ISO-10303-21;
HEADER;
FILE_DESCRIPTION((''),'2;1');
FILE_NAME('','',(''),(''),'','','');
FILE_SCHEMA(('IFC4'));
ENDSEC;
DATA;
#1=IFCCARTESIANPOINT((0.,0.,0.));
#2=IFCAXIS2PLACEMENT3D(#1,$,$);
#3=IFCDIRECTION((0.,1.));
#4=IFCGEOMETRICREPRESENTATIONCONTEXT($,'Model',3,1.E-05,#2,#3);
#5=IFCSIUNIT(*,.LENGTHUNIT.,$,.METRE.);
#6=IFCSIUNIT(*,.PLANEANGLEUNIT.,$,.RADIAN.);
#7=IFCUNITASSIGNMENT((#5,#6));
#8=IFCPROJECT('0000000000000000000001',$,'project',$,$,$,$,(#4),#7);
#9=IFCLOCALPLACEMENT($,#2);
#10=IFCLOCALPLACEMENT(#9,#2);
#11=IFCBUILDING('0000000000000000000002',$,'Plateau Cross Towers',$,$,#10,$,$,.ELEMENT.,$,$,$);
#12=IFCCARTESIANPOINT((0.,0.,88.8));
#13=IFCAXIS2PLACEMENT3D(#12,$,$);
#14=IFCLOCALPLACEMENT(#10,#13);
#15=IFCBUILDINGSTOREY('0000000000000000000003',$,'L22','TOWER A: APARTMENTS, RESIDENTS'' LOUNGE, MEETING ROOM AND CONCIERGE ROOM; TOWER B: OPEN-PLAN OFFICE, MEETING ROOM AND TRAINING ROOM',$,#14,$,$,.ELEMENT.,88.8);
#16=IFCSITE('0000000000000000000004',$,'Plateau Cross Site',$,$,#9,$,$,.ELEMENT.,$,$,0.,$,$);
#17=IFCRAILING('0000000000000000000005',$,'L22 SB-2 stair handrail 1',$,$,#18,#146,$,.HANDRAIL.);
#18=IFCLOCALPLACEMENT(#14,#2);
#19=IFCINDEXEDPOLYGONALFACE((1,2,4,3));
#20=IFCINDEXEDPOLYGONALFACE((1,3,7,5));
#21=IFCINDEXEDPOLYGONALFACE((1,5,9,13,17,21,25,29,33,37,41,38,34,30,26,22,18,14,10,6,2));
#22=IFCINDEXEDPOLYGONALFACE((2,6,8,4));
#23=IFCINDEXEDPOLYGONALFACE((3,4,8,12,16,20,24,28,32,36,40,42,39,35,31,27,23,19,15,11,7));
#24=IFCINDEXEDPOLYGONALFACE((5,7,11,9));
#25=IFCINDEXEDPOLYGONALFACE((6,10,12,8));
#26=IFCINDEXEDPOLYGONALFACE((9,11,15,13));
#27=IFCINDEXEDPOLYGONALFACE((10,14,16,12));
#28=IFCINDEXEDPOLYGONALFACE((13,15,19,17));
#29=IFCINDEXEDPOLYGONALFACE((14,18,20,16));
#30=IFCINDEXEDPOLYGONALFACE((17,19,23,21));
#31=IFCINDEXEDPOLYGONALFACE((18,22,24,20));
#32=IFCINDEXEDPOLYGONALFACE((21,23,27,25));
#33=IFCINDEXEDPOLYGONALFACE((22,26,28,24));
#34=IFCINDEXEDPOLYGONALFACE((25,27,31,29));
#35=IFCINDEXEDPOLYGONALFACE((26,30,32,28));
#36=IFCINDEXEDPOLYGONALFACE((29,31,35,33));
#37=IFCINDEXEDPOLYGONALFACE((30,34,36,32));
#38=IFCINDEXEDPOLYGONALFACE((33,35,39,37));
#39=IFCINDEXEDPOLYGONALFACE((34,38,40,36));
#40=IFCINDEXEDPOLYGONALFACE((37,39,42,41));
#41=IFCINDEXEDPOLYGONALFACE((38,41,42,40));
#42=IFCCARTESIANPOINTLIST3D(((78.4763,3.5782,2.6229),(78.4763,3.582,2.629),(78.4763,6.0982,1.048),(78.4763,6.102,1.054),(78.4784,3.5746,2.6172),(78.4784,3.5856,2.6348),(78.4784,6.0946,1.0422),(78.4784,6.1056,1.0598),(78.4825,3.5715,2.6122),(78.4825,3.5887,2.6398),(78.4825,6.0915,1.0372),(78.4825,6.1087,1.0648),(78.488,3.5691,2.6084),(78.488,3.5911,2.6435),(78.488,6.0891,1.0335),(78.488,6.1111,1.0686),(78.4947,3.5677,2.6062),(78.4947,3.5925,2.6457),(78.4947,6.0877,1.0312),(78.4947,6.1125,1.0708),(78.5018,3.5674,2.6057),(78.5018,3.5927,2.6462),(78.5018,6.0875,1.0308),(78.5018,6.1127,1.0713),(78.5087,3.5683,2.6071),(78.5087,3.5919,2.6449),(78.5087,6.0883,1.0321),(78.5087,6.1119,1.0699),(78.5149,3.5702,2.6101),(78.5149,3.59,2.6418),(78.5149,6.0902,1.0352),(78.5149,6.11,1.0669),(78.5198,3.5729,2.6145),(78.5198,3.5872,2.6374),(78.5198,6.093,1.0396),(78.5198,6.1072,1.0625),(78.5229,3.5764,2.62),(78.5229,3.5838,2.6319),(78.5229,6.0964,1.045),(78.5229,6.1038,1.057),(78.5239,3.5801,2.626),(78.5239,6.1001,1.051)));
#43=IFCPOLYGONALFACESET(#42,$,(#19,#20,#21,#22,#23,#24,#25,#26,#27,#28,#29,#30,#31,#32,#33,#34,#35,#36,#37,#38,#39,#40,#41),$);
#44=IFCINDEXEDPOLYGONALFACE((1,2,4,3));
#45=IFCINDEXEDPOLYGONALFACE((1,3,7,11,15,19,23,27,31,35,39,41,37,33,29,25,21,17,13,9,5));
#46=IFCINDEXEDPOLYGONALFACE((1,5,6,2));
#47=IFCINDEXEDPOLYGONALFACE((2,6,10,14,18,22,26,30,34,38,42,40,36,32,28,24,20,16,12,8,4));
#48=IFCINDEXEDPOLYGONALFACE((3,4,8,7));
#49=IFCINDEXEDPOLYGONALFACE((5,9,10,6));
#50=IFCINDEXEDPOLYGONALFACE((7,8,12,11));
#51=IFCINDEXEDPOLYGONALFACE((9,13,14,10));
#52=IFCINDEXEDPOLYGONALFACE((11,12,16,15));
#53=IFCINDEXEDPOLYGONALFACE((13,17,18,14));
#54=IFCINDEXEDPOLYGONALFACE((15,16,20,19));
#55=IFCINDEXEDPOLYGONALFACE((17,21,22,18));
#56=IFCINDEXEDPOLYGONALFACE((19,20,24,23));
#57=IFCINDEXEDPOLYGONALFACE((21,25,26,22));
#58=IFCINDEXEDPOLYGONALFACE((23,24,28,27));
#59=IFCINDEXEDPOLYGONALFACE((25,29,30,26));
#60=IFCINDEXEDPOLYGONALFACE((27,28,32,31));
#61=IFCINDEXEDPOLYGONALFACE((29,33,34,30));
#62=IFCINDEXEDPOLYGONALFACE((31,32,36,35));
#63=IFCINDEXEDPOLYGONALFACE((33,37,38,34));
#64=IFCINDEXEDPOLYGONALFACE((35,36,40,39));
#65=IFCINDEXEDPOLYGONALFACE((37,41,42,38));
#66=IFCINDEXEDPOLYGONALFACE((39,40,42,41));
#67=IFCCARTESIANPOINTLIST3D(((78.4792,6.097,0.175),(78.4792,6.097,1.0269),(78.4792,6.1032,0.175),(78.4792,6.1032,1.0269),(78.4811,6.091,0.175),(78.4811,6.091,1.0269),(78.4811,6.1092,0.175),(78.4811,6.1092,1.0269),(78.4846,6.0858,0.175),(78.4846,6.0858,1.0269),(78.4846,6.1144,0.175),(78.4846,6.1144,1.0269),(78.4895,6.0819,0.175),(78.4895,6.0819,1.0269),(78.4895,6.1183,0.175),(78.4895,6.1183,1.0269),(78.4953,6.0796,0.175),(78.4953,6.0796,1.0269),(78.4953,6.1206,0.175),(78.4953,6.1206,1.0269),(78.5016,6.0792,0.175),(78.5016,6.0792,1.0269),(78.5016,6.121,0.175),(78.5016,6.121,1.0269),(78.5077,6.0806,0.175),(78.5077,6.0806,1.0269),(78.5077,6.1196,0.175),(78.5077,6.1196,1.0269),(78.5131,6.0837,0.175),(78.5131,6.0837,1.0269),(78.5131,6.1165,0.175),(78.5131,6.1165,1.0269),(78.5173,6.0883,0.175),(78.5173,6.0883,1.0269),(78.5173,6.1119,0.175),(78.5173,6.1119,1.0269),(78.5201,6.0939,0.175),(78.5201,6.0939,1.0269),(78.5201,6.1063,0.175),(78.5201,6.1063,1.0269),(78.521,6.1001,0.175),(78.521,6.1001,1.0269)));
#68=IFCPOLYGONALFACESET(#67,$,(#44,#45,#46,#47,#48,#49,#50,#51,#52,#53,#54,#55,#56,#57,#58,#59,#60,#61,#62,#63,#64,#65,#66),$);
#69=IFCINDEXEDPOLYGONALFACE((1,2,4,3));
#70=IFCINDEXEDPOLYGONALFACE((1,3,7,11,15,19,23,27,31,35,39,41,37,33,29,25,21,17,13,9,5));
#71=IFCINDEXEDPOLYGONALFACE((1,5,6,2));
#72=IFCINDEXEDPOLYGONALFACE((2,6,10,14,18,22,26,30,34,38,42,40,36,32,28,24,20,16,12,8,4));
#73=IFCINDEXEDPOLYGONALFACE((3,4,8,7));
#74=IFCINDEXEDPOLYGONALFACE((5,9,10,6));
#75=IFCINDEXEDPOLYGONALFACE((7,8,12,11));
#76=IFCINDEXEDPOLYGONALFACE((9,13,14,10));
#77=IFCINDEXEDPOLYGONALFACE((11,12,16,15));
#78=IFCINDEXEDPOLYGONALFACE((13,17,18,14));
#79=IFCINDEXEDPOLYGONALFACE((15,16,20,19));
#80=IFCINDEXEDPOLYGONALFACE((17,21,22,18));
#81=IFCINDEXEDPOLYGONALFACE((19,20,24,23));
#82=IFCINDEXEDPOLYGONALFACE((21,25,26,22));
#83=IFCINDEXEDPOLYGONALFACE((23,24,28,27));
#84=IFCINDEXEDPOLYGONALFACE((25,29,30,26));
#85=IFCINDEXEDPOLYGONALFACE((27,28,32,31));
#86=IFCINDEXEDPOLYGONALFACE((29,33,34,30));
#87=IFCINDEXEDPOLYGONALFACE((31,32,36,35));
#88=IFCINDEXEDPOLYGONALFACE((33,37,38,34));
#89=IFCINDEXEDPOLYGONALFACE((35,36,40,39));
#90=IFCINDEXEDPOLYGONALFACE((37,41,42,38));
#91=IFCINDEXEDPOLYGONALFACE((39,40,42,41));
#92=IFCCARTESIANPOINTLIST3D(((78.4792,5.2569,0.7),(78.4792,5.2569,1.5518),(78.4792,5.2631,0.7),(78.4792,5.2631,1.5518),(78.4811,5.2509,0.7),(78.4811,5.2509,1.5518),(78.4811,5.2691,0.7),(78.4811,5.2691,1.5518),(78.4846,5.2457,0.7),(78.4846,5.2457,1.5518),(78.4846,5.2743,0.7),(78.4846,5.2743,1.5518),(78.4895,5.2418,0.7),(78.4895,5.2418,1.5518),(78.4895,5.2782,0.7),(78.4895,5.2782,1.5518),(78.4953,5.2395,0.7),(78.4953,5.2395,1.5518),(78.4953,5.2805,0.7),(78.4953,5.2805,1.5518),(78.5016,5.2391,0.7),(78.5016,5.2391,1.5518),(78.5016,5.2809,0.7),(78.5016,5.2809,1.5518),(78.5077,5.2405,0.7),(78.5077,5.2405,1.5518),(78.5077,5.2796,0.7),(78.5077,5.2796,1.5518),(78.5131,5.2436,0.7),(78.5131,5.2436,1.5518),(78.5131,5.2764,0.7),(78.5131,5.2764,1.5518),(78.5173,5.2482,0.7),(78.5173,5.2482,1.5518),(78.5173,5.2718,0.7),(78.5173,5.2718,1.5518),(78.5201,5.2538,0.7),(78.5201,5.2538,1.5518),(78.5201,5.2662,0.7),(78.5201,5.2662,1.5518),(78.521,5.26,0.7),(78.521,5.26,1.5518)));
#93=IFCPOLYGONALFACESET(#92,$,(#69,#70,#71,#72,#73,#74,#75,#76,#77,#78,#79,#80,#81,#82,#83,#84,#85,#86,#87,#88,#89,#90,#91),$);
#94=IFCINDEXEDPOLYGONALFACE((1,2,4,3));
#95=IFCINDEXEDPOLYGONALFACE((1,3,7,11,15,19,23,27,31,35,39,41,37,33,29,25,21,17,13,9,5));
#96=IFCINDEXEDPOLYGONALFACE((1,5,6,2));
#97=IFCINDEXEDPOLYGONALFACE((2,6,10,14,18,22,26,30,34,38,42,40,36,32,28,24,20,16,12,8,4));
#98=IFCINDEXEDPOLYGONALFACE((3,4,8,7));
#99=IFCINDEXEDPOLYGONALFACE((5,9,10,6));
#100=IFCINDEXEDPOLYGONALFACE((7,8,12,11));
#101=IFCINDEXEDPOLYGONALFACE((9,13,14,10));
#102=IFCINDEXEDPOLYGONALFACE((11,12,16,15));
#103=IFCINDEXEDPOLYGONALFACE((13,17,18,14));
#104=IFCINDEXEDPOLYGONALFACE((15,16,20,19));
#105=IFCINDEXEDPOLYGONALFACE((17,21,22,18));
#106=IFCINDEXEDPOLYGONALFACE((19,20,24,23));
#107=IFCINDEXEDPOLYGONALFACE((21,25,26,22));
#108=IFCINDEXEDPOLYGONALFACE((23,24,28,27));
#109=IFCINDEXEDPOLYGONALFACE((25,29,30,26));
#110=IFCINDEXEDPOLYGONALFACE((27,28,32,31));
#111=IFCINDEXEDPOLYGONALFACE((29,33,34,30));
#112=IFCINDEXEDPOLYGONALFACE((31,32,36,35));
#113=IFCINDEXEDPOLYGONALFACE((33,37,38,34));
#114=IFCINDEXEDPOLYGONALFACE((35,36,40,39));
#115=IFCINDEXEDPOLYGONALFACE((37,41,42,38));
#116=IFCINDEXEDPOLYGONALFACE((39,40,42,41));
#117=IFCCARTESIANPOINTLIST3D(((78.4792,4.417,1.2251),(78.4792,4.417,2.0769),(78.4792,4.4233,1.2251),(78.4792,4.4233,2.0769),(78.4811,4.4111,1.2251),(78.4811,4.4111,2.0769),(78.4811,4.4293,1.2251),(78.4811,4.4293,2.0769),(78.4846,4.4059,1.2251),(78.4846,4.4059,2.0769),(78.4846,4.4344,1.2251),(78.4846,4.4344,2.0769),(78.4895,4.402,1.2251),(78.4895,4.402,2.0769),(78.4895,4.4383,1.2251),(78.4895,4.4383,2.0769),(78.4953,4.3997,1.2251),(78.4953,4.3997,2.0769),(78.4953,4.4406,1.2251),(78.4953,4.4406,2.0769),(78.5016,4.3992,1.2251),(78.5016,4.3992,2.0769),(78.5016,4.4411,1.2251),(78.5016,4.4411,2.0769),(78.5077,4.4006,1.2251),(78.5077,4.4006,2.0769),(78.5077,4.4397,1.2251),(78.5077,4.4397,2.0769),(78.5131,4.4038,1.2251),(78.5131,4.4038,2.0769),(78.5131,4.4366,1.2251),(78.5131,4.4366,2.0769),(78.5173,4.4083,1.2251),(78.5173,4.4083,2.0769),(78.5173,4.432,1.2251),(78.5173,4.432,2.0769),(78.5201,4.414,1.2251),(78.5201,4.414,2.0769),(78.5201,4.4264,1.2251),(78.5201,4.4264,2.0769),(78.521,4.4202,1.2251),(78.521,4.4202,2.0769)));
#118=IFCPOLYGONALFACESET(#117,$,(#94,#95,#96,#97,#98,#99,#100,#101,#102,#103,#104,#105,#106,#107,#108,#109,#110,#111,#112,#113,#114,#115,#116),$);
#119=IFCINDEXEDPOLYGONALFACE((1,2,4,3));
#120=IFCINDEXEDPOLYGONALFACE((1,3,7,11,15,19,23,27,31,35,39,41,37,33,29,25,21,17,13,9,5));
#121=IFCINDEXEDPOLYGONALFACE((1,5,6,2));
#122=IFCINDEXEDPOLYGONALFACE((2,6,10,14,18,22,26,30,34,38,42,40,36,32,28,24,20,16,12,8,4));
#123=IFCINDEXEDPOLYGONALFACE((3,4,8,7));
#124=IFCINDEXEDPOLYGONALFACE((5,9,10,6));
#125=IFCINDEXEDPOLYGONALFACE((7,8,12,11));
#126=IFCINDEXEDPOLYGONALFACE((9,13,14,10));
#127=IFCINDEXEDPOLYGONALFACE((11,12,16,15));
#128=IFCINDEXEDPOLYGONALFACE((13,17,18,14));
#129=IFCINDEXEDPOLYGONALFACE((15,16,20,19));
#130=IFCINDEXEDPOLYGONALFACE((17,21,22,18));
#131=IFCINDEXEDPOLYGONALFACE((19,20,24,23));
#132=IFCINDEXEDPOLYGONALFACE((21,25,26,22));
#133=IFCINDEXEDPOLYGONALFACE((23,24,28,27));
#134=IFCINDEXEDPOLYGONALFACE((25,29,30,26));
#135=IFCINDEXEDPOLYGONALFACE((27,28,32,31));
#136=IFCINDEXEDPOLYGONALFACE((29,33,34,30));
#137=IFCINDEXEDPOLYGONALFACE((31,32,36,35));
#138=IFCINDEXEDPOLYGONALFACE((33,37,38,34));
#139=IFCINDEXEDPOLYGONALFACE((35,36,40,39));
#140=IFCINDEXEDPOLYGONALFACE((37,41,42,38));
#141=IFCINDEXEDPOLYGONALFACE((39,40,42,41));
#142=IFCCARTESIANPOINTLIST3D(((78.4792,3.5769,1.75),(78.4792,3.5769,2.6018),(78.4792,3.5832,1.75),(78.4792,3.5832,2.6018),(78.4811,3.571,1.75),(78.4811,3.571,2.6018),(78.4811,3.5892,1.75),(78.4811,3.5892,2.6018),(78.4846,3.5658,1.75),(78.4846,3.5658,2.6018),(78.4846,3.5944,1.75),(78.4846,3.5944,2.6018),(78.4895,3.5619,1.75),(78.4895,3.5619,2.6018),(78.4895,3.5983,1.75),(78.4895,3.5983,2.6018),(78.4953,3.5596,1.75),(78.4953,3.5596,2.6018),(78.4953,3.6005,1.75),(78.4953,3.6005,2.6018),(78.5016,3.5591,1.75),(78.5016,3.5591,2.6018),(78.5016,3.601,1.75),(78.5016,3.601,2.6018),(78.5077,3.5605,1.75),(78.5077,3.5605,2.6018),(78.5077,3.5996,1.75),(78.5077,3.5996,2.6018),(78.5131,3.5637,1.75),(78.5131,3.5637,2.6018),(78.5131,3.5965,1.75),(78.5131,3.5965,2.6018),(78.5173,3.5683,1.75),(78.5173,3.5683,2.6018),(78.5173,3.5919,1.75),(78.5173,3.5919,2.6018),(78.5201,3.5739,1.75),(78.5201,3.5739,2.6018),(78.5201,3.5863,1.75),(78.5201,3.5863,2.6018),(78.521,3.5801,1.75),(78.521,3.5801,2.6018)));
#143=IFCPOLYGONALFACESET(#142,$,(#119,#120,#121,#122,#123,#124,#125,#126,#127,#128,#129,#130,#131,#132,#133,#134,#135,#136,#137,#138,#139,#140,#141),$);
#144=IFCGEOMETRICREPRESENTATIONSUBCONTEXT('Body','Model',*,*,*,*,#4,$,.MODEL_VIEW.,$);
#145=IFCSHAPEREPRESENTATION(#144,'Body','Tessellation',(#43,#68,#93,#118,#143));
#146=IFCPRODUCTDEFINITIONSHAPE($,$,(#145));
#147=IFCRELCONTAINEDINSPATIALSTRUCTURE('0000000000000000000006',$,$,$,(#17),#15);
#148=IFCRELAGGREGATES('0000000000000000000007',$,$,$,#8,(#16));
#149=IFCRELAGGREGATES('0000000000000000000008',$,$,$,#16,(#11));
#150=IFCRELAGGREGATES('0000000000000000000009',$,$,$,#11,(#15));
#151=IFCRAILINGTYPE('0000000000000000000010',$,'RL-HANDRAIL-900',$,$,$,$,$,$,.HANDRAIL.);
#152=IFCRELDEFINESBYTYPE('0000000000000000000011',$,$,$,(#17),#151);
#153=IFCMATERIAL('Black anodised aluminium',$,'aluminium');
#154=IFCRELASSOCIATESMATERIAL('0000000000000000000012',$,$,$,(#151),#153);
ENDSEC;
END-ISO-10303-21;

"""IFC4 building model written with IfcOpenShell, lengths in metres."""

from ifc_helpers import new_model, si_unit, direction, frame, origin, origin_2d, place, context, subcontext, project, spatial, circle, extrude, material, type_object, element, save


model = new_model("IFC4")

# Units and contexts
model_context = context("Model", 3, precision=1e-05, world=origin(), true_north=direction((0.0, 1.0)))
body_context = subcontext(model_context, "Body", "Model", "MODEL_VIEW")
ifc_project = project(units=[si_unit("LENGTHUNIT", "METRE"), si_unit("PLANEANGLEUNIT", "RADIAN")], contexts=[model_context])

# Site, building, storey
site_placement = place(None, origin())
site = spatial("IfcSite", under=ifc_project, at=site_placement, Name="Plateau Cross Site", CompositionType="ELEMENT", RefElevation=0.0)
building_placement = place(site_placement, origin())
building = spatial("IfcBuilding", under=site, at=building_placement, Name="Plateau Cross Towers", CompositionType="ELEMENT")
storey_placement = place(building_placement, frame((0.0, 0.0, 88.8)))
storey = spatial("IfcBuildingStorey", under=building, at=storey_placement, Name="L22", Description="TOWER A: APARTMENTS, RESIDENTS' LOUNGE, MEETING ROOM AND CONCIERGE ROOM; TOWER B: OPEN-PLAN OFFICE, MEETING ROOM AND TRAINING ROOM", CompositionType="ELEMENT", Elevation=88.8)

# Railing
ifc_material_1 = material(Name="Black anodised aluminium", Category="aluminium")
railing_type_1 = type_object("IfcRailingType", Name="RL-HANDRAIL-900", PredefinedType="HANDRAIL", material=ifc_material_1)
railing_1_placement = place(storey_placement, frame((78.5, 6.1001, 0.175)))
element("IfcRailing", 1, at=railing_1_placement, inside=storey, type_object=railing_type_1, Name="L22 SB-2 stair handrail 1", PredefinedType="HANDRAIL", context=body_context, shape_type="SweptSolid", body=[
    extrude(circle(Radius=0.0239, at=origin_2d()), frame((0.0, 0.0, 0.876), z_axis=(0.0, -0.848008, 0.529984), x_axis=(1.0, 0.0, 0.0)), (0.0, 0.0, 1.0), 2.9717),
    extrude(circle(Radius=0.021, at=origin_2d()), origin(), (0.0, 0.0, 1.0), 0.8518),
    extrude(circle(Radius=0.021, at=origin_2d()), frame((0.0, -0.8401, 0.5249)), (0.0, 0.0, 1.0), 0.8518),
    extrude(circle(Radius=0.021, at=origin_2d()), frame((0.0, -1.6799, 1.05)), (0.0, 0.0, 1.0), 0.8518),
    extrude(circle(Radius=0.021, at=origin_2d()), frame((0.0, -2.52, 1.575)), (0.0, 0.0, 1.0), 0.8518),
])

save(model, "model.ifc")
